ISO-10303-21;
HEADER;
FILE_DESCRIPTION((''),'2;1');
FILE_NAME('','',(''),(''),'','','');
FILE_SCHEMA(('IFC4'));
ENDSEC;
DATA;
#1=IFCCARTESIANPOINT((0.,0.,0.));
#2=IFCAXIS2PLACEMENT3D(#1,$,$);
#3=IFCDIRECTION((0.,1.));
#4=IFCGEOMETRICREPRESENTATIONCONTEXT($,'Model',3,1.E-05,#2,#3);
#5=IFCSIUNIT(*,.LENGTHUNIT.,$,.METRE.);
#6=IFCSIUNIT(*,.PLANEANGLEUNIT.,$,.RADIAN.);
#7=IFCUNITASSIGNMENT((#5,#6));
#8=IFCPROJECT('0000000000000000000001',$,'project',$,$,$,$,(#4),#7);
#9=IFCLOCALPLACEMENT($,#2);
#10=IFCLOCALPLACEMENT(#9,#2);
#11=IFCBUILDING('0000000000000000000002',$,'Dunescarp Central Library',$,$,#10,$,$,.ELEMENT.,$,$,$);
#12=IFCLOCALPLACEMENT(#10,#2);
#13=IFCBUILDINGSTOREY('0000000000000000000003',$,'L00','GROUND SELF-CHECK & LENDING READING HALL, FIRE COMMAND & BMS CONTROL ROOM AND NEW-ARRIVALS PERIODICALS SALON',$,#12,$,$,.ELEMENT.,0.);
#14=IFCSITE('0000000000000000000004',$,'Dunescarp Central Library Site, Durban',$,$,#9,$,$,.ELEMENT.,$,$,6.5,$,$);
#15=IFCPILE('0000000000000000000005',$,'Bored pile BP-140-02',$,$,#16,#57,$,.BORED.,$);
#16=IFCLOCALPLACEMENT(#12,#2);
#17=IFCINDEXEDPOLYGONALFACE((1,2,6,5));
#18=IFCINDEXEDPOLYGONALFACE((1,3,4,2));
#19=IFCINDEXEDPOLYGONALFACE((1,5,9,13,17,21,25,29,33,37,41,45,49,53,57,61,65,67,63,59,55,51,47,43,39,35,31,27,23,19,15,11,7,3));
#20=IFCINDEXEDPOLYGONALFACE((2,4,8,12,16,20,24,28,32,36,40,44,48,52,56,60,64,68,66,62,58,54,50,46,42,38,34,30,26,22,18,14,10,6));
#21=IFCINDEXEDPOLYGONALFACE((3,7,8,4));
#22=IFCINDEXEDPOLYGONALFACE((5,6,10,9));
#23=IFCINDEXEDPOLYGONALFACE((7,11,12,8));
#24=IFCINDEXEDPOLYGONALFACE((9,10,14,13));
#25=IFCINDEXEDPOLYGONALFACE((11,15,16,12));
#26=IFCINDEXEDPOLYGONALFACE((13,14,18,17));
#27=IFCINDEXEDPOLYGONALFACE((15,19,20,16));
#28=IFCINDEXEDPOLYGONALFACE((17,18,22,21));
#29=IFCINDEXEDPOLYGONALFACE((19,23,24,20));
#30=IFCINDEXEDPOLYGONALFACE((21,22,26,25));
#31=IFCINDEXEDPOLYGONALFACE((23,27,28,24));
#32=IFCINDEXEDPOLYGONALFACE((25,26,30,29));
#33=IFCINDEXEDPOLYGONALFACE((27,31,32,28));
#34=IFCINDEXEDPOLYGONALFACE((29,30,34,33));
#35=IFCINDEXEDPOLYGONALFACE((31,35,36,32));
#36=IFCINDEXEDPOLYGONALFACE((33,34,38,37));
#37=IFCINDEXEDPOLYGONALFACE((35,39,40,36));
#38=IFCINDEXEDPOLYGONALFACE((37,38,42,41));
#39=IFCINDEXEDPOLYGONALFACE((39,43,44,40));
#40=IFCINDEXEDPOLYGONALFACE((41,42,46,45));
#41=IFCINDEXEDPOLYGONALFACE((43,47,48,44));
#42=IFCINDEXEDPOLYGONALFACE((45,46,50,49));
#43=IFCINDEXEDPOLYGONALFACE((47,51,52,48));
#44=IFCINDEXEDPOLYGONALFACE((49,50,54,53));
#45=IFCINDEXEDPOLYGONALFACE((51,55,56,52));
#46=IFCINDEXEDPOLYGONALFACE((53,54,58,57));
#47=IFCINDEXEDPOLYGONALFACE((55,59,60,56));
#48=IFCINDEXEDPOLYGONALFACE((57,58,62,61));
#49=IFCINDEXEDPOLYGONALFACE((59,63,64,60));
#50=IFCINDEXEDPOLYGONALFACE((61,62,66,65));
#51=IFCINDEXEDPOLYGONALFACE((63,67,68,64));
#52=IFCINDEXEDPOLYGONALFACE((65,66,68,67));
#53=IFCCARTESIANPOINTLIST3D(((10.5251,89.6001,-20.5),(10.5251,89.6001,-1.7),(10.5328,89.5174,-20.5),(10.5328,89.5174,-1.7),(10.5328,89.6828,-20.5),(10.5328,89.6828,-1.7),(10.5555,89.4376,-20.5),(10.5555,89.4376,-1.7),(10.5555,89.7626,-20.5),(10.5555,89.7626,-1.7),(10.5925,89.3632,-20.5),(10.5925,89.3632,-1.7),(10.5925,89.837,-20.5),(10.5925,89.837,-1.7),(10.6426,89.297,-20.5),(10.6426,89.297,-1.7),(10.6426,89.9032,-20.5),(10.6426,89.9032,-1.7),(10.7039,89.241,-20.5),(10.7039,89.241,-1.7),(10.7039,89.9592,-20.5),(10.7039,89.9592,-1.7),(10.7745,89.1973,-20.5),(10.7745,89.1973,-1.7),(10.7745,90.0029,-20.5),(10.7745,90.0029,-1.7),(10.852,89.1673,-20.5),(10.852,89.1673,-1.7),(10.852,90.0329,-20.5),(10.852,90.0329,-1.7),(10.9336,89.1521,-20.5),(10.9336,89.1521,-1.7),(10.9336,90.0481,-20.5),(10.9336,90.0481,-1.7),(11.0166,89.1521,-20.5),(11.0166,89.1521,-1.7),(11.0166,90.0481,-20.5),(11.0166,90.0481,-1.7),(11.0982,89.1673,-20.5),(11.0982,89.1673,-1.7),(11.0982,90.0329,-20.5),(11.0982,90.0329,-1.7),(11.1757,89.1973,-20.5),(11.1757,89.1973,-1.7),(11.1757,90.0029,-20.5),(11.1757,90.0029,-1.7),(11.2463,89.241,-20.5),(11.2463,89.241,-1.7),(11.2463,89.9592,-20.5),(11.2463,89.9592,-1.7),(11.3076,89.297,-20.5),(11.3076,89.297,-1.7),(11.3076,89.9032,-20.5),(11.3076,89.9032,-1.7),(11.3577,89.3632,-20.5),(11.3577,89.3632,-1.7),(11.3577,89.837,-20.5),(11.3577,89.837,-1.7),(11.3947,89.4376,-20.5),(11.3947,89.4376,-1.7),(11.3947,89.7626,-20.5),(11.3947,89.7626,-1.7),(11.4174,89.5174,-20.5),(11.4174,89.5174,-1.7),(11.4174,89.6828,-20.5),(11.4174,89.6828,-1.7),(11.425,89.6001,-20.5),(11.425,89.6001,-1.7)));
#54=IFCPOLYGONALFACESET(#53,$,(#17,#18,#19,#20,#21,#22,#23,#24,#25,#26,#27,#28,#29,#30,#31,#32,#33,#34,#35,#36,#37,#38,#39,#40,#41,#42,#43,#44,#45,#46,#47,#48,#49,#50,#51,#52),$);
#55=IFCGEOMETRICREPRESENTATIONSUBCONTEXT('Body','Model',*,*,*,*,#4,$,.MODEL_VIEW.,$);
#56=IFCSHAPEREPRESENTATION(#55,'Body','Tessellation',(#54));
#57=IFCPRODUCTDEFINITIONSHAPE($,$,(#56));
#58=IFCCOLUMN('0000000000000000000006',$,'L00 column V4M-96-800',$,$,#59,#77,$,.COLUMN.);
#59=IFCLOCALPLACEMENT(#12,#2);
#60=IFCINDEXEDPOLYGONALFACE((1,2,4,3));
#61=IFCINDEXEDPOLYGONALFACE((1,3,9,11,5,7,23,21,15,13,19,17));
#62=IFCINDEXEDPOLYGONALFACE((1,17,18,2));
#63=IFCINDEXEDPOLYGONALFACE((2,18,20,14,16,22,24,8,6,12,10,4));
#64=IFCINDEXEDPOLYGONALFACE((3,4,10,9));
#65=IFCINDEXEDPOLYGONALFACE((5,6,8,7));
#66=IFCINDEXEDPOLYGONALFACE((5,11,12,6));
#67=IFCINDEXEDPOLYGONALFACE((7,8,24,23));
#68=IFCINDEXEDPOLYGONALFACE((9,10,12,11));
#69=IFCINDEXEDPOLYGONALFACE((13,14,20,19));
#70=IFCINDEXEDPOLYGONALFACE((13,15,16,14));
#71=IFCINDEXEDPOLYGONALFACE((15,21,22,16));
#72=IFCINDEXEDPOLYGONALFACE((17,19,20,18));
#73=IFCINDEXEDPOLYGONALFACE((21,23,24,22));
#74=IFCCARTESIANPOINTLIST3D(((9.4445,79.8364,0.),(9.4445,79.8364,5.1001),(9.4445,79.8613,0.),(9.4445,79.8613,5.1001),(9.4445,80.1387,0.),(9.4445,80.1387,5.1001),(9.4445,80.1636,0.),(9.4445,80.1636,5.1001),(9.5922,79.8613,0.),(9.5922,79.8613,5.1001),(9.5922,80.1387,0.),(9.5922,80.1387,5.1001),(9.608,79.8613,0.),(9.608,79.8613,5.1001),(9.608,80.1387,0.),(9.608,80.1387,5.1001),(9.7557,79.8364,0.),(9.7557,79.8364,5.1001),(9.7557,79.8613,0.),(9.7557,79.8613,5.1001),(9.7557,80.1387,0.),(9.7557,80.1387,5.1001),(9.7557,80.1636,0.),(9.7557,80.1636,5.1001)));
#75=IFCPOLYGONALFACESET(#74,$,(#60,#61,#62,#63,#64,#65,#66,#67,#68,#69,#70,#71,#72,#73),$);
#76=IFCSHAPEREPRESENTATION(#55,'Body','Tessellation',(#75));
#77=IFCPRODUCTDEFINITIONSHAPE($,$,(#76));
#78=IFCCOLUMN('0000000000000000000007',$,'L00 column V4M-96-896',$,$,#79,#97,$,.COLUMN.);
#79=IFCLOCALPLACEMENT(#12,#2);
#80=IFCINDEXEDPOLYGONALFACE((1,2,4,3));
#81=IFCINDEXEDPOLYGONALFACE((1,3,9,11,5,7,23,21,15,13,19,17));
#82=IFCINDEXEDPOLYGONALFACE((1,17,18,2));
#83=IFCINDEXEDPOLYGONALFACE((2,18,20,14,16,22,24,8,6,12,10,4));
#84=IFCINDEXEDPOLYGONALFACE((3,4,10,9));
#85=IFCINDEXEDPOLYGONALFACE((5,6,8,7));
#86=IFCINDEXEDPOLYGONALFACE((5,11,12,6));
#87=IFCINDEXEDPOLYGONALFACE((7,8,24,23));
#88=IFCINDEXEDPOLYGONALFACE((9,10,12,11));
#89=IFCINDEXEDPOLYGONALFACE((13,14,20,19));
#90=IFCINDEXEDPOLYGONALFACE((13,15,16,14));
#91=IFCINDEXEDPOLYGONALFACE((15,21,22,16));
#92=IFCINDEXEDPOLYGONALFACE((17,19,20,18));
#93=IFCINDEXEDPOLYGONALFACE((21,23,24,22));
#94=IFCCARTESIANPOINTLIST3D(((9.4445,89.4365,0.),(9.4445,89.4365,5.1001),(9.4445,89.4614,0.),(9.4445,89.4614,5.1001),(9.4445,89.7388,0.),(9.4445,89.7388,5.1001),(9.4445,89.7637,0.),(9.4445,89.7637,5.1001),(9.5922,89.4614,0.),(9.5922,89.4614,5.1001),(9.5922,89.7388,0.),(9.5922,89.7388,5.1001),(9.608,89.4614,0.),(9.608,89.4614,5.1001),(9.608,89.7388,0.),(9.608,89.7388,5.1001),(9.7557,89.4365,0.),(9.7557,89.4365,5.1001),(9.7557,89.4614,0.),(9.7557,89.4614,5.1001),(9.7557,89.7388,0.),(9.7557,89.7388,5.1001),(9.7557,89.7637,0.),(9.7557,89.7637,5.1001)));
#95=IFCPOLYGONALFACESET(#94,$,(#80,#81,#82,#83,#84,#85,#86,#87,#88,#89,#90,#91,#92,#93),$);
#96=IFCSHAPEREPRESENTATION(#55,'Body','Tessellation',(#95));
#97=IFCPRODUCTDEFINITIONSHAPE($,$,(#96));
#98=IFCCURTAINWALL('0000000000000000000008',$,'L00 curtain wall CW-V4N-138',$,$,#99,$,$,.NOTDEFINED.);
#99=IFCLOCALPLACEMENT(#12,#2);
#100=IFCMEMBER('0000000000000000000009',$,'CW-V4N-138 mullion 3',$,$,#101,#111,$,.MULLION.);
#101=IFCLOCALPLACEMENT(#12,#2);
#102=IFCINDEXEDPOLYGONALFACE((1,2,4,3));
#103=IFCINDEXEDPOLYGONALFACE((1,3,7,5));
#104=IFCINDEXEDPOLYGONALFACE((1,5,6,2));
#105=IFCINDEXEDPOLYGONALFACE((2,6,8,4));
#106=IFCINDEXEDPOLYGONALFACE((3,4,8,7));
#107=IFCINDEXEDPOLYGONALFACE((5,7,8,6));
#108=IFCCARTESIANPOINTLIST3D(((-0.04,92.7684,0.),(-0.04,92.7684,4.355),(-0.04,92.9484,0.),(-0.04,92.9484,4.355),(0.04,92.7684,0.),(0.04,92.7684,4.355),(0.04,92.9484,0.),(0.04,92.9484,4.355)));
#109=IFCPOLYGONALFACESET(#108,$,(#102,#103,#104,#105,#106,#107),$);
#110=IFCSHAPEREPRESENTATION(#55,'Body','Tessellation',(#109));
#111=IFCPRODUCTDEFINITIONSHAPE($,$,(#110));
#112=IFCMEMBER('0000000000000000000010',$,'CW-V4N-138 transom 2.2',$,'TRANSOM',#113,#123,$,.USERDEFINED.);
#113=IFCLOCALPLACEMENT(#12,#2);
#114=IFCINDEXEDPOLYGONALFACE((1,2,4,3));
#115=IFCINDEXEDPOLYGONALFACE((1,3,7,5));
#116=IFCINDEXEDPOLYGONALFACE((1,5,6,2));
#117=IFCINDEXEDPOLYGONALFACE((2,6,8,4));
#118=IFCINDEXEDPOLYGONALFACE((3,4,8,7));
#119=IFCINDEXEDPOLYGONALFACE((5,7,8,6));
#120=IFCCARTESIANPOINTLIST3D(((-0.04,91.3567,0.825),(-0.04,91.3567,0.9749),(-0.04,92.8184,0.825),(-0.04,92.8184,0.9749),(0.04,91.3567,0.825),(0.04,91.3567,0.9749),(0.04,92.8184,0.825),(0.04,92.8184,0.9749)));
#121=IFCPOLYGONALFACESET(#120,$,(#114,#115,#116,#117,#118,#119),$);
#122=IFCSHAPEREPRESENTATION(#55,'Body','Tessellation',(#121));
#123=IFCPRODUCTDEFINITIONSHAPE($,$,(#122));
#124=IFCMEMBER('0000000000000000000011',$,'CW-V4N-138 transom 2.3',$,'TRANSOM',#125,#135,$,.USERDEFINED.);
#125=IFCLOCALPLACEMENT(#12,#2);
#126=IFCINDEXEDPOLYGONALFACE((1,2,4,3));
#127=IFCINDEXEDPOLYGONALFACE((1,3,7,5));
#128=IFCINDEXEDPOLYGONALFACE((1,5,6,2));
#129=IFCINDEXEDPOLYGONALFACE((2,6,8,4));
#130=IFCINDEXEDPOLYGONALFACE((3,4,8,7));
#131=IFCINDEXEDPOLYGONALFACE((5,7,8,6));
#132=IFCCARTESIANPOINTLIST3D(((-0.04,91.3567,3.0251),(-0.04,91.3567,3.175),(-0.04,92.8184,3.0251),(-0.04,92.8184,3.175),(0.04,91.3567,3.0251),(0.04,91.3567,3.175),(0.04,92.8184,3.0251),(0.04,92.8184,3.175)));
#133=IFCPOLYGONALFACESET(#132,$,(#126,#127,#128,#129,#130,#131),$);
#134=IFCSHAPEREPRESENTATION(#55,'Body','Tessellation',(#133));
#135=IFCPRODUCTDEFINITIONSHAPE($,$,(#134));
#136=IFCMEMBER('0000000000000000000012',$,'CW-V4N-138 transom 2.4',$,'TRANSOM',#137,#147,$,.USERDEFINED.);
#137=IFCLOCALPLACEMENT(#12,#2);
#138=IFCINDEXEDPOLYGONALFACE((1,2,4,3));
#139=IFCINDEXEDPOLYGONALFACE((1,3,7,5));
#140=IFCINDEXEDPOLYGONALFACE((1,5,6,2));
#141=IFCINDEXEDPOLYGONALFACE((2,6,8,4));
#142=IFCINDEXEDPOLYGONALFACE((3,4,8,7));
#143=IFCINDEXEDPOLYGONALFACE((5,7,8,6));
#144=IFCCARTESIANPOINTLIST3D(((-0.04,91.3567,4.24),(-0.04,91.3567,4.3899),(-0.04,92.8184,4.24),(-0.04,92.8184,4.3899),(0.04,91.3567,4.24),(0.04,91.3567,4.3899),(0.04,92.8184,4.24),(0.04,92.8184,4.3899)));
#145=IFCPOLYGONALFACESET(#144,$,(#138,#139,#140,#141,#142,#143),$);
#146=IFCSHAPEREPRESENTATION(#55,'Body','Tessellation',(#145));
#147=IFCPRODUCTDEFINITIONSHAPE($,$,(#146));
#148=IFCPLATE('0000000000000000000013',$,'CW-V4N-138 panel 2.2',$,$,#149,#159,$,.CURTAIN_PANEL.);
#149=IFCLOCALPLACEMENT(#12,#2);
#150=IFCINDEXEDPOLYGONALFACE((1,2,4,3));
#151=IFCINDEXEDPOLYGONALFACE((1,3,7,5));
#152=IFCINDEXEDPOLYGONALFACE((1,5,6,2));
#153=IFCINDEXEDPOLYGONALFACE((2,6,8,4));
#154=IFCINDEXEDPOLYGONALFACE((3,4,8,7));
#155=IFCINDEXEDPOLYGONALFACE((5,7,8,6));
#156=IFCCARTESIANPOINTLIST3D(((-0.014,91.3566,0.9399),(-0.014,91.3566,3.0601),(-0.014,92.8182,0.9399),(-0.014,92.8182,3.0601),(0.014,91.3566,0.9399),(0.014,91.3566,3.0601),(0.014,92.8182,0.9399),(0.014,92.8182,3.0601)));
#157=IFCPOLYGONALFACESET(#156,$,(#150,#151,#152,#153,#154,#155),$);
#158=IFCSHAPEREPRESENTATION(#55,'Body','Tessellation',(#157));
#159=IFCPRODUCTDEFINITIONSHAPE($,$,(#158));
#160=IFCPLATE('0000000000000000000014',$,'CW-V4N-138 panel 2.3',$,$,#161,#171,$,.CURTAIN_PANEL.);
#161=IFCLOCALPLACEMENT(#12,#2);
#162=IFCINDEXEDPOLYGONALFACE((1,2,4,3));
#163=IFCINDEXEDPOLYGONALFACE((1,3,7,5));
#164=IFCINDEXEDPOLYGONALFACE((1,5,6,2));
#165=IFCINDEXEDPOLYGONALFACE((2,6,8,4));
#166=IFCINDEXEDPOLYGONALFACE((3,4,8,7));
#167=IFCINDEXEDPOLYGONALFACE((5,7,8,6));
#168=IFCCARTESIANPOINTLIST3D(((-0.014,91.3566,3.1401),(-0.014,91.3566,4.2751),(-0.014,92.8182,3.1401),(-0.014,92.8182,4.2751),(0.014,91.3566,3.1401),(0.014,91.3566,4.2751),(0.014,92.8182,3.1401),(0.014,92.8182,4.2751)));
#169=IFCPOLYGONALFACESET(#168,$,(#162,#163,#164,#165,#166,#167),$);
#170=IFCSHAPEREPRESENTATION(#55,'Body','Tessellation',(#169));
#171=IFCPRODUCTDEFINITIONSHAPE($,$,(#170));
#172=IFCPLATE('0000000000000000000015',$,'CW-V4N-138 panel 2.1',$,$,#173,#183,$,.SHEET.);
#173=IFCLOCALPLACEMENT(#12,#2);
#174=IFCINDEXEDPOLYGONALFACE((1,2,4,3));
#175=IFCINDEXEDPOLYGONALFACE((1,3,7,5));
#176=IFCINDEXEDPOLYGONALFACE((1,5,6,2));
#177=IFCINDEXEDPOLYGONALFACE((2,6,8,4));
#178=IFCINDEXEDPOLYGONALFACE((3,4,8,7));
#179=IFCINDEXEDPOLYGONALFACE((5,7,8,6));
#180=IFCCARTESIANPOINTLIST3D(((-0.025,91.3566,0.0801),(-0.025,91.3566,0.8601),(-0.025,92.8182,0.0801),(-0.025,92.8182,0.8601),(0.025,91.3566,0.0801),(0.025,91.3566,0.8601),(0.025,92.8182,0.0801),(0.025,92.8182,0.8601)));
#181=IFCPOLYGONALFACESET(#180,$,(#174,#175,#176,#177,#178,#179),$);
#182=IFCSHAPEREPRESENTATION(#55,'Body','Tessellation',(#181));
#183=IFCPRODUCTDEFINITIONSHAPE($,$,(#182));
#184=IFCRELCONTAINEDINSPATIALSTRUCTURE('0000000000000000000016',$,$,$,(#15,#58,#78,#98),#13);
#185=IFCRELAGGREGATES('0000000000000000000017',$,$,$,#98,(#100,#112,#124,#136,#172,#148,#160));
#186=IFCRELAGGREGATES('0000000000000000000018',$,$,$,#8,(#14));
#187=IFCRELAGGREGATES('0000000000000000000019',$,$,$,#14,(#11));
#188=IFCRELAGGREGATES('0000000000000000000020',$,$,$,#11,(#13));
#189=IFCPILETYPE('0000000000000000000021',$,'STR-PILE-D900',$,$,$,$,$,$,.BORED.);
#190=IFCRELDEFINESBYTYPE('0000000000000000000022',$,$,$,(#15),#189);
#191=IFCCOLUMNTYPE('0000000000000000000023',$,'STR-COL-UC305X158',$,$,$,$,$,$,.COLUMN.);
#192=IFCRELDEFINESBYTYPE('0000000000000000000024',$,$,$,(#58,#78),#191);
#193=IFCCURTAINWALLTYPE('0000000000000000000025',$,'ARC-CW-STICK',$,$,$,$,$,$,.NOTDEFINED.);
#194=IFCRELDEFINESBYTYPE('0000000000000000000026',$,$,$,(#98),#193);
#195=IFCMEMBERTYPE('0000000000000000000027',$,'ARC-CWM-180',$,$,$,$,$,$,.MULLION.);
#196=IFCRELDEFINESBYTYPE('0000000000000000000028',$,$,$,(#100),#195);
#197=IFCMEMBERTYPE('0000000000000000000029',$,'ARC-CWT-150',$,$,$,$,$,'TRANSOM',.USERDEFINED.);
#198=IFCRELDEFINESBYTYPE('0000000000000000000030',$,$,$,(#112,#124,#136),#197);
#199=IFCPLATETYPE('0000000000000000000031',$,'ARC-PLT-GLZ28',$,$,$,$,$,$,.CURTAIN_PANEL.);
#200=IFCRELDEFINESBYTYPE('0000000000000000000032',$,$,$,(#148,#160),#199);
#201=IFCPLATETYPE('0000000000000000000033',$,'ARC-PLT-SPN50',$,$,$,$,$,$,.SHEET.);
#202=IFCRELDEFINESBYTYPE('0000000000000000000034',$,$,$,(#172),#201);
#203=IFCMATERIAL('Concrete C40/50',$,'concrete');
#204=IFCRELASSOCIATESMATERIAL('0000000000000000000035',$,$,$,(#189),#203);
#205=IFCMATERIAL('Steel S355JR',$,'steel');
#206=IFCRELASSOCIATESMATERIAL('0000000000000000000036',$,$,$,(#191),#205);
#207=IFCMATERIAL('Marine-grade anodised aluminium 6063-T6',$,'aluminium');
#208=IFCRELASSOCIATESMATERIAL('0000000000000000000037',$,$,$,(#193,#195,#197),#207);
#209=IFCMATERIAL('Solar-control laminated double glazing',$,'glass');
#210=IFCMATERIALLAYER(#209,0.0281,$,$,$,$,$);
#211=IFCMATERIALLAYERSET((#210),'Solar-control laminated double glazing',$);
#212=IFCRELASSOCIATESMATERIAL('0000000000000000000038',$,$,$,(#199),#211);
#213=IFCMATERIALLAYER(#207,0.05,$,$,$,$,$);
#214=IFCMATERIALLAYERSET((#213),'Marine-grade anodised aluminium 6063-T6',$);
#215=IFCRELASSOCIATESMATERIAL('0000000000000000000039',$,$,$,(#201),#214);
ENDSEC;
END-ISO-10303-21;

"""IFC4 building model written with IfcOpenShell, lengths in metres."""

from ifc_helpers import new_model, si_unit, direction, frame, origin, origin_2d, place, context, subcontext, project, spatial, rectangle, circle, i_section, extrude, material, layer, layer_set, material_profile, profile_set, type_object, element, aggregate, save


model = new_model("IFC4")

# Units and contexts
model_context = context("Model", 3, precision=1e-05, world=origin(), true_north=direction((0.0, 1.0)))
body_context = subcontext(model_context, "Body", "Model", "MODEL_VIEW")
ifc_project = project(units=[si_unit("LENGTHUNIT", "METRE"), si_unit("PLANEANGLEUNIT", "RADIAN")], contexts=[model_context])

# Site, building, storey
site_placement = place(None, origin())
site = spatial("IfcSite", under=ifc_project, at=site_placement, Name="Dunescarp Central Library Site, Durban", CompositionType="ELEMENT", RefElevation=6.5)
building_placement = place(site_placement, origin())
building = spatial("IfcBuilding", under=site, at=building_placement, Name="Dunescarp Central Library", CompositionType="ELEMENT")
storey_placement = place(building_placement, origin())
storey = spatial("IfcBuildingStorey", under=building, at=storey_placement, Name="L00", Description="GROUND SELF-CHECK & LENDING READING HALL, FIRE COMMAND & BMS CONTROL ROOM AND NEW-ARRIVALS PERIODICALS SALON", CompositionType="ELEMENT", Elevation=0.0)

# Shared definitions
ifc_material_1 = material(Name="Concrete C40/50", Category="concrete")

# Pile
ifc_material_profile_1 = material_profile(ifc_material_1, circle(Radius=0.45, at=origin_2d()), Name="PILE D900")
ifc_profile_set_1 = profile_set([ifc_material_profile_1], Name="Concrete C40/50")
pile_type = type_object("IfcPileType", Name="STR-PILE-D900", PredefinedType="BORED", material=ifc_profile_set_1)
for number, where, z_axis, x_axis, name in (
    (1, (10.9751, 89.6001, -1.7), (0.0, 0.0, -1.0), (1.0, 0.0, 0.0), "Bored pile BP-140-02"),
):
    element("IfcPile", number, at=place(storey_placement, frame(where, z_axis=z_axis, x_axis=x_axis)), inside=storey, type_object=pile_type, Name=name, PredefinedType="BORED", context=body_context, shape_type="SweptSolid", body=[
        extrude(circle(Radius=0.45, at=origin_2d()), origin(), (0.0, 0.0, 1.0), 18.8),
    ])

# Columns
ifc_material_2 = material(Name="Steel S355JR", Category="steel")
ifc_material_profile_2 = material_profile(ifc_material_2, i_section(OverallWidth=0.3113, OverallDepth=0.3271, WebThickness=0.0159, FlangeThickness=0.0249, at=origin_2d()), Name="UC 305x305x158")
ifc_profile_set_2 = profile_set([ifc_material_profile_2], Name="Steel S355JR")
column_type = type_object("IfcColumnType", Name="STR-COL-UC305X158", PredefinedType="COLUMN", material=ifc_profile_set_2)
for number, where, z_axis, x_axis, name in (
    (2, (9.6001, 80.0, 0.0), (0.0, 0.0, 1.0), (1.0, 0.0, 0.0), "L00 column V4M-96-800"),
    (3, (9.6001, 89.6001, 0.0), (0.0, 0.0, 1.0), (1.0, 0.0, 0.0), "L00 column V4M-96-896"),
):
    element("IfcColumn", number, at=place(storey_placement, frame(where, z_axis=z_axis, x_axis=x_axis)), inside=storey, type_object=column_type, Name=name, PredefinedType="COLUMN", context=body_context, shape_type="SweptSolid", body=[
        extrude(i_section(OverallWidth=0.3113, OverallDepth=0.3271, WebThickness=0.0159, FlangeThickness=0.0249, at=origin_2d()), origin(), (0.0, 0.0, 1.0), 5.1001),
    ])

# Curtain wall, members, plates
ifc_material_3 = material(Name="Marine-grade anodised aluminium 6063-T6", Category="aluminium")
curtain_wall_type = type_object("IfcCurtainWallType", Name="ARC-CW-STICK", PredefinedType="NOTDEFINED", material=ifc_material_3)
curtain_wall_placement = place(storey_placement, origin())
curtain_wall = element("IfcCurtainWall", 4, at=curtain_wall_placement, inside=storey, type_object=curtain_wall_type, Name="L00 curtain wall CW-V4N-138", PredefinedType="NOTDEFINED")
ifc_material_profile_3 = material_profile(ifc_material_3, rectangle(XDim=0.0801, YDim=0.1799, at=origin_2d()), Name="AL 80x180")
ifc_profile_set_3 = profile_set([ifc_material_profile_3], Name="Marine-grade anodised aluminium 6063-T6")
member_type_1 = type_object("IfcMemberType", Name="ARC-CWM-180", PredefinedType="MULLION", material=ifc_profile_set_3)
member_1_placement = place(storey_placement, frame((0.0, 92.8584, 0.0), z_axis=(0.0, 0.0, 1.0), x_axis=(-1.0, 0.0, 0.0)))
member_1 = element("IfcMember", 5, at=member_1_placement, type_object=member_type_1, Name="CW-V4N-138 mullion 3", PredefinedType="MULLION", context=body_context, shape_type="SweptSolid", body=[
    extrude(rectangle(XDim=0.0801, YDim=0.1799, at=origin_2d()), origin(), (0.0, 0.0, 1.0), 4.355),
])
ifc_material_profile_4 = material_profile(ifc_material_3, rectangle(XDim=0.0801, YDim=0.1499, at=origin_2d()), Name="AL 80x150")
ifc_profile_set_4 = profile_set([ifc_material_profile_4], Name="Marine-grade anodised aluminium 6063-T6")
member_type_2 = type_object("IfcMemberType", Name="ARC-CWT-150", ElementType="TRANSOM", PredefinedType="USERDEFINED", material=ifc_profile_set_4)
member_2_placement = place(storey_placement, frame((0.0, 91.3567, 0.8999), z_axis=(0.0, 1.0, 0.0), x_axis=(-1.0, 0.0, 0.0)))
member_2 = element("IfcMember", 6, at=member_2_placement, type_object=member_type_2, Name="CW-V4N-138 transom 2.2", ObjectType="TRANSOM", PredefinedType="USERDEFINED", context=body_context, shape_type="SweptSolid", body=[
    extrude(rectangle(XDim=0.0801, YDim=0.1499, at=origin_2d()), origin(), (0.0, 0.0, 1.0), 1.4617),
])
member_3_placement = place(storey_placement, frame((0.0, 91.3567, 3.1001), z_axis=(0.0, 1.0, 0.0), x_axis=(-1.0, 0.0, 0.0)))
member_3 = element("IfcMember", 7, at=member_3_placement, type_object=member_type_2, Name="CW-V4N-138 transom 2.3", ObjectType="TRANSOM", PredefinedType="USERDEFINED", context=body_context, shape_type="SweptSolid", body=[
    extrude(rectangle(XDim=0.0801, YDim=0.1499, at=origin_2d()), origin(), (0.0, 0.0, 1.0), 1.4617),
])
member_4_placement = place(storey_placement, frame((0.0, 91.3567, 4.3149), z_axis=(0.0, 1.0, 0.0), x_axis=(-1.0, 0.0, 0.0)))
member_4 = element("IfcMember", 8, at=member_4_placement, type_object=member_type_2, Name="CW-V4N-138 transom 2.4", ObjectType="TRANSOM", PredefinedType="USERDEFINED", context=body_context, shape_type="SweptSolid", body=[
    extrude(rectangle(XDim=0.0801, YDim=0.1499, at=origin_2d()), origin(), (0.0, 0.0, 1.0), 1.4617),
])
ifc_material_4 = material(Name="Solar-control laminated double glazing", Category="glass")
ifc_layer_1 = layer(ifc_material_4, 0.0281)
ifc_layer_set_1 = layer_set([ifc_layer_1], Name="Solar-control laminated double glazing")
plate_type_1 = type_object("IfcPlateType", Name="ARC-PLT-GLZ28", PredefinedType="CURTAIN_PANEL", material=ifc_layer_set_1)
plate_1_placement = place(storey_placement, frame((0.0, 92.0874, 0.9399), z_axis=(0.0, 0.0, 1.0), x_axis=(0.0, 1.0, 0.0)))
plate_1 = element("IfcPlate", 9, at=plate_1_placement, type_object=plate_type_1, Name="CW-V4N-138 panel 2.2", PredefinedType="CURTAIN_PANEL", context=body_context, shape_type="SweptSolid", body=[
    extrude(rectangle(XDim=1.4617, YDim=0.0281, at=origin_2d()), origin(), (0.0, 0.0, 1.0), 2.1201),
])
plate_2_placement = place(storey_placement, frame((0.0, 92.0874, 3.1401), z_axis=(0.0, 0.0, 1.0), x_axis=(0.0, 1.0, 0.0)))
plate_2 = element("IfcPlate", 10, at=plate_2_placement, type_object=plate_type_1, Name="CW-V4N-138 panel 2.3", PredefinedType="CURTAIN_PANEL", context=body_context, shape_type="SweptSolid", body=[
    extrude(rectangle(XDim=1.4617, YDim=0.0281, at=origin_2d()), origin(), (0.0, 0.0, 1.0), 1.135),
])
ifc_layer_2 = layer(ifc_material_3, 0.05)
ifc_layer_set_2 = layer_set([ifc_layer_2], Name="Marine-grade anodised aluminium 6063-T6")
plate_type_2 = type_object("IfcPlateType", Name="ARC-PLT-SPN50", PredefinedType="SHEET", material=ifc_layer_set_2)
plate_3_placement = place(storey_placement, frame((0.0, 92.0874, 0.0801), z_axis=(0.0, 0.0, 1.0), x_axis=(0.0, 1.0, 0.0)))
plate_3 = element("IfcPlate", 11, at=plate_3_placement, type_object=plate_type_2, Name="CW-V4N-138 panel 2.1", PredefinedType="SHEET", context=body_context, shape_type="SweptSolid", body=[
    extrude(rectangle(XDim=1.4617, YDim=0.05, at=origin_2d()), origin(), (0.0, 0.0, 1.0), 0.78),
])
aggregate(curtain_wall, [member_1, member_2, member_3, member_4, plate_3, plate_1, plate_2])

save(model, "model.ifc")
